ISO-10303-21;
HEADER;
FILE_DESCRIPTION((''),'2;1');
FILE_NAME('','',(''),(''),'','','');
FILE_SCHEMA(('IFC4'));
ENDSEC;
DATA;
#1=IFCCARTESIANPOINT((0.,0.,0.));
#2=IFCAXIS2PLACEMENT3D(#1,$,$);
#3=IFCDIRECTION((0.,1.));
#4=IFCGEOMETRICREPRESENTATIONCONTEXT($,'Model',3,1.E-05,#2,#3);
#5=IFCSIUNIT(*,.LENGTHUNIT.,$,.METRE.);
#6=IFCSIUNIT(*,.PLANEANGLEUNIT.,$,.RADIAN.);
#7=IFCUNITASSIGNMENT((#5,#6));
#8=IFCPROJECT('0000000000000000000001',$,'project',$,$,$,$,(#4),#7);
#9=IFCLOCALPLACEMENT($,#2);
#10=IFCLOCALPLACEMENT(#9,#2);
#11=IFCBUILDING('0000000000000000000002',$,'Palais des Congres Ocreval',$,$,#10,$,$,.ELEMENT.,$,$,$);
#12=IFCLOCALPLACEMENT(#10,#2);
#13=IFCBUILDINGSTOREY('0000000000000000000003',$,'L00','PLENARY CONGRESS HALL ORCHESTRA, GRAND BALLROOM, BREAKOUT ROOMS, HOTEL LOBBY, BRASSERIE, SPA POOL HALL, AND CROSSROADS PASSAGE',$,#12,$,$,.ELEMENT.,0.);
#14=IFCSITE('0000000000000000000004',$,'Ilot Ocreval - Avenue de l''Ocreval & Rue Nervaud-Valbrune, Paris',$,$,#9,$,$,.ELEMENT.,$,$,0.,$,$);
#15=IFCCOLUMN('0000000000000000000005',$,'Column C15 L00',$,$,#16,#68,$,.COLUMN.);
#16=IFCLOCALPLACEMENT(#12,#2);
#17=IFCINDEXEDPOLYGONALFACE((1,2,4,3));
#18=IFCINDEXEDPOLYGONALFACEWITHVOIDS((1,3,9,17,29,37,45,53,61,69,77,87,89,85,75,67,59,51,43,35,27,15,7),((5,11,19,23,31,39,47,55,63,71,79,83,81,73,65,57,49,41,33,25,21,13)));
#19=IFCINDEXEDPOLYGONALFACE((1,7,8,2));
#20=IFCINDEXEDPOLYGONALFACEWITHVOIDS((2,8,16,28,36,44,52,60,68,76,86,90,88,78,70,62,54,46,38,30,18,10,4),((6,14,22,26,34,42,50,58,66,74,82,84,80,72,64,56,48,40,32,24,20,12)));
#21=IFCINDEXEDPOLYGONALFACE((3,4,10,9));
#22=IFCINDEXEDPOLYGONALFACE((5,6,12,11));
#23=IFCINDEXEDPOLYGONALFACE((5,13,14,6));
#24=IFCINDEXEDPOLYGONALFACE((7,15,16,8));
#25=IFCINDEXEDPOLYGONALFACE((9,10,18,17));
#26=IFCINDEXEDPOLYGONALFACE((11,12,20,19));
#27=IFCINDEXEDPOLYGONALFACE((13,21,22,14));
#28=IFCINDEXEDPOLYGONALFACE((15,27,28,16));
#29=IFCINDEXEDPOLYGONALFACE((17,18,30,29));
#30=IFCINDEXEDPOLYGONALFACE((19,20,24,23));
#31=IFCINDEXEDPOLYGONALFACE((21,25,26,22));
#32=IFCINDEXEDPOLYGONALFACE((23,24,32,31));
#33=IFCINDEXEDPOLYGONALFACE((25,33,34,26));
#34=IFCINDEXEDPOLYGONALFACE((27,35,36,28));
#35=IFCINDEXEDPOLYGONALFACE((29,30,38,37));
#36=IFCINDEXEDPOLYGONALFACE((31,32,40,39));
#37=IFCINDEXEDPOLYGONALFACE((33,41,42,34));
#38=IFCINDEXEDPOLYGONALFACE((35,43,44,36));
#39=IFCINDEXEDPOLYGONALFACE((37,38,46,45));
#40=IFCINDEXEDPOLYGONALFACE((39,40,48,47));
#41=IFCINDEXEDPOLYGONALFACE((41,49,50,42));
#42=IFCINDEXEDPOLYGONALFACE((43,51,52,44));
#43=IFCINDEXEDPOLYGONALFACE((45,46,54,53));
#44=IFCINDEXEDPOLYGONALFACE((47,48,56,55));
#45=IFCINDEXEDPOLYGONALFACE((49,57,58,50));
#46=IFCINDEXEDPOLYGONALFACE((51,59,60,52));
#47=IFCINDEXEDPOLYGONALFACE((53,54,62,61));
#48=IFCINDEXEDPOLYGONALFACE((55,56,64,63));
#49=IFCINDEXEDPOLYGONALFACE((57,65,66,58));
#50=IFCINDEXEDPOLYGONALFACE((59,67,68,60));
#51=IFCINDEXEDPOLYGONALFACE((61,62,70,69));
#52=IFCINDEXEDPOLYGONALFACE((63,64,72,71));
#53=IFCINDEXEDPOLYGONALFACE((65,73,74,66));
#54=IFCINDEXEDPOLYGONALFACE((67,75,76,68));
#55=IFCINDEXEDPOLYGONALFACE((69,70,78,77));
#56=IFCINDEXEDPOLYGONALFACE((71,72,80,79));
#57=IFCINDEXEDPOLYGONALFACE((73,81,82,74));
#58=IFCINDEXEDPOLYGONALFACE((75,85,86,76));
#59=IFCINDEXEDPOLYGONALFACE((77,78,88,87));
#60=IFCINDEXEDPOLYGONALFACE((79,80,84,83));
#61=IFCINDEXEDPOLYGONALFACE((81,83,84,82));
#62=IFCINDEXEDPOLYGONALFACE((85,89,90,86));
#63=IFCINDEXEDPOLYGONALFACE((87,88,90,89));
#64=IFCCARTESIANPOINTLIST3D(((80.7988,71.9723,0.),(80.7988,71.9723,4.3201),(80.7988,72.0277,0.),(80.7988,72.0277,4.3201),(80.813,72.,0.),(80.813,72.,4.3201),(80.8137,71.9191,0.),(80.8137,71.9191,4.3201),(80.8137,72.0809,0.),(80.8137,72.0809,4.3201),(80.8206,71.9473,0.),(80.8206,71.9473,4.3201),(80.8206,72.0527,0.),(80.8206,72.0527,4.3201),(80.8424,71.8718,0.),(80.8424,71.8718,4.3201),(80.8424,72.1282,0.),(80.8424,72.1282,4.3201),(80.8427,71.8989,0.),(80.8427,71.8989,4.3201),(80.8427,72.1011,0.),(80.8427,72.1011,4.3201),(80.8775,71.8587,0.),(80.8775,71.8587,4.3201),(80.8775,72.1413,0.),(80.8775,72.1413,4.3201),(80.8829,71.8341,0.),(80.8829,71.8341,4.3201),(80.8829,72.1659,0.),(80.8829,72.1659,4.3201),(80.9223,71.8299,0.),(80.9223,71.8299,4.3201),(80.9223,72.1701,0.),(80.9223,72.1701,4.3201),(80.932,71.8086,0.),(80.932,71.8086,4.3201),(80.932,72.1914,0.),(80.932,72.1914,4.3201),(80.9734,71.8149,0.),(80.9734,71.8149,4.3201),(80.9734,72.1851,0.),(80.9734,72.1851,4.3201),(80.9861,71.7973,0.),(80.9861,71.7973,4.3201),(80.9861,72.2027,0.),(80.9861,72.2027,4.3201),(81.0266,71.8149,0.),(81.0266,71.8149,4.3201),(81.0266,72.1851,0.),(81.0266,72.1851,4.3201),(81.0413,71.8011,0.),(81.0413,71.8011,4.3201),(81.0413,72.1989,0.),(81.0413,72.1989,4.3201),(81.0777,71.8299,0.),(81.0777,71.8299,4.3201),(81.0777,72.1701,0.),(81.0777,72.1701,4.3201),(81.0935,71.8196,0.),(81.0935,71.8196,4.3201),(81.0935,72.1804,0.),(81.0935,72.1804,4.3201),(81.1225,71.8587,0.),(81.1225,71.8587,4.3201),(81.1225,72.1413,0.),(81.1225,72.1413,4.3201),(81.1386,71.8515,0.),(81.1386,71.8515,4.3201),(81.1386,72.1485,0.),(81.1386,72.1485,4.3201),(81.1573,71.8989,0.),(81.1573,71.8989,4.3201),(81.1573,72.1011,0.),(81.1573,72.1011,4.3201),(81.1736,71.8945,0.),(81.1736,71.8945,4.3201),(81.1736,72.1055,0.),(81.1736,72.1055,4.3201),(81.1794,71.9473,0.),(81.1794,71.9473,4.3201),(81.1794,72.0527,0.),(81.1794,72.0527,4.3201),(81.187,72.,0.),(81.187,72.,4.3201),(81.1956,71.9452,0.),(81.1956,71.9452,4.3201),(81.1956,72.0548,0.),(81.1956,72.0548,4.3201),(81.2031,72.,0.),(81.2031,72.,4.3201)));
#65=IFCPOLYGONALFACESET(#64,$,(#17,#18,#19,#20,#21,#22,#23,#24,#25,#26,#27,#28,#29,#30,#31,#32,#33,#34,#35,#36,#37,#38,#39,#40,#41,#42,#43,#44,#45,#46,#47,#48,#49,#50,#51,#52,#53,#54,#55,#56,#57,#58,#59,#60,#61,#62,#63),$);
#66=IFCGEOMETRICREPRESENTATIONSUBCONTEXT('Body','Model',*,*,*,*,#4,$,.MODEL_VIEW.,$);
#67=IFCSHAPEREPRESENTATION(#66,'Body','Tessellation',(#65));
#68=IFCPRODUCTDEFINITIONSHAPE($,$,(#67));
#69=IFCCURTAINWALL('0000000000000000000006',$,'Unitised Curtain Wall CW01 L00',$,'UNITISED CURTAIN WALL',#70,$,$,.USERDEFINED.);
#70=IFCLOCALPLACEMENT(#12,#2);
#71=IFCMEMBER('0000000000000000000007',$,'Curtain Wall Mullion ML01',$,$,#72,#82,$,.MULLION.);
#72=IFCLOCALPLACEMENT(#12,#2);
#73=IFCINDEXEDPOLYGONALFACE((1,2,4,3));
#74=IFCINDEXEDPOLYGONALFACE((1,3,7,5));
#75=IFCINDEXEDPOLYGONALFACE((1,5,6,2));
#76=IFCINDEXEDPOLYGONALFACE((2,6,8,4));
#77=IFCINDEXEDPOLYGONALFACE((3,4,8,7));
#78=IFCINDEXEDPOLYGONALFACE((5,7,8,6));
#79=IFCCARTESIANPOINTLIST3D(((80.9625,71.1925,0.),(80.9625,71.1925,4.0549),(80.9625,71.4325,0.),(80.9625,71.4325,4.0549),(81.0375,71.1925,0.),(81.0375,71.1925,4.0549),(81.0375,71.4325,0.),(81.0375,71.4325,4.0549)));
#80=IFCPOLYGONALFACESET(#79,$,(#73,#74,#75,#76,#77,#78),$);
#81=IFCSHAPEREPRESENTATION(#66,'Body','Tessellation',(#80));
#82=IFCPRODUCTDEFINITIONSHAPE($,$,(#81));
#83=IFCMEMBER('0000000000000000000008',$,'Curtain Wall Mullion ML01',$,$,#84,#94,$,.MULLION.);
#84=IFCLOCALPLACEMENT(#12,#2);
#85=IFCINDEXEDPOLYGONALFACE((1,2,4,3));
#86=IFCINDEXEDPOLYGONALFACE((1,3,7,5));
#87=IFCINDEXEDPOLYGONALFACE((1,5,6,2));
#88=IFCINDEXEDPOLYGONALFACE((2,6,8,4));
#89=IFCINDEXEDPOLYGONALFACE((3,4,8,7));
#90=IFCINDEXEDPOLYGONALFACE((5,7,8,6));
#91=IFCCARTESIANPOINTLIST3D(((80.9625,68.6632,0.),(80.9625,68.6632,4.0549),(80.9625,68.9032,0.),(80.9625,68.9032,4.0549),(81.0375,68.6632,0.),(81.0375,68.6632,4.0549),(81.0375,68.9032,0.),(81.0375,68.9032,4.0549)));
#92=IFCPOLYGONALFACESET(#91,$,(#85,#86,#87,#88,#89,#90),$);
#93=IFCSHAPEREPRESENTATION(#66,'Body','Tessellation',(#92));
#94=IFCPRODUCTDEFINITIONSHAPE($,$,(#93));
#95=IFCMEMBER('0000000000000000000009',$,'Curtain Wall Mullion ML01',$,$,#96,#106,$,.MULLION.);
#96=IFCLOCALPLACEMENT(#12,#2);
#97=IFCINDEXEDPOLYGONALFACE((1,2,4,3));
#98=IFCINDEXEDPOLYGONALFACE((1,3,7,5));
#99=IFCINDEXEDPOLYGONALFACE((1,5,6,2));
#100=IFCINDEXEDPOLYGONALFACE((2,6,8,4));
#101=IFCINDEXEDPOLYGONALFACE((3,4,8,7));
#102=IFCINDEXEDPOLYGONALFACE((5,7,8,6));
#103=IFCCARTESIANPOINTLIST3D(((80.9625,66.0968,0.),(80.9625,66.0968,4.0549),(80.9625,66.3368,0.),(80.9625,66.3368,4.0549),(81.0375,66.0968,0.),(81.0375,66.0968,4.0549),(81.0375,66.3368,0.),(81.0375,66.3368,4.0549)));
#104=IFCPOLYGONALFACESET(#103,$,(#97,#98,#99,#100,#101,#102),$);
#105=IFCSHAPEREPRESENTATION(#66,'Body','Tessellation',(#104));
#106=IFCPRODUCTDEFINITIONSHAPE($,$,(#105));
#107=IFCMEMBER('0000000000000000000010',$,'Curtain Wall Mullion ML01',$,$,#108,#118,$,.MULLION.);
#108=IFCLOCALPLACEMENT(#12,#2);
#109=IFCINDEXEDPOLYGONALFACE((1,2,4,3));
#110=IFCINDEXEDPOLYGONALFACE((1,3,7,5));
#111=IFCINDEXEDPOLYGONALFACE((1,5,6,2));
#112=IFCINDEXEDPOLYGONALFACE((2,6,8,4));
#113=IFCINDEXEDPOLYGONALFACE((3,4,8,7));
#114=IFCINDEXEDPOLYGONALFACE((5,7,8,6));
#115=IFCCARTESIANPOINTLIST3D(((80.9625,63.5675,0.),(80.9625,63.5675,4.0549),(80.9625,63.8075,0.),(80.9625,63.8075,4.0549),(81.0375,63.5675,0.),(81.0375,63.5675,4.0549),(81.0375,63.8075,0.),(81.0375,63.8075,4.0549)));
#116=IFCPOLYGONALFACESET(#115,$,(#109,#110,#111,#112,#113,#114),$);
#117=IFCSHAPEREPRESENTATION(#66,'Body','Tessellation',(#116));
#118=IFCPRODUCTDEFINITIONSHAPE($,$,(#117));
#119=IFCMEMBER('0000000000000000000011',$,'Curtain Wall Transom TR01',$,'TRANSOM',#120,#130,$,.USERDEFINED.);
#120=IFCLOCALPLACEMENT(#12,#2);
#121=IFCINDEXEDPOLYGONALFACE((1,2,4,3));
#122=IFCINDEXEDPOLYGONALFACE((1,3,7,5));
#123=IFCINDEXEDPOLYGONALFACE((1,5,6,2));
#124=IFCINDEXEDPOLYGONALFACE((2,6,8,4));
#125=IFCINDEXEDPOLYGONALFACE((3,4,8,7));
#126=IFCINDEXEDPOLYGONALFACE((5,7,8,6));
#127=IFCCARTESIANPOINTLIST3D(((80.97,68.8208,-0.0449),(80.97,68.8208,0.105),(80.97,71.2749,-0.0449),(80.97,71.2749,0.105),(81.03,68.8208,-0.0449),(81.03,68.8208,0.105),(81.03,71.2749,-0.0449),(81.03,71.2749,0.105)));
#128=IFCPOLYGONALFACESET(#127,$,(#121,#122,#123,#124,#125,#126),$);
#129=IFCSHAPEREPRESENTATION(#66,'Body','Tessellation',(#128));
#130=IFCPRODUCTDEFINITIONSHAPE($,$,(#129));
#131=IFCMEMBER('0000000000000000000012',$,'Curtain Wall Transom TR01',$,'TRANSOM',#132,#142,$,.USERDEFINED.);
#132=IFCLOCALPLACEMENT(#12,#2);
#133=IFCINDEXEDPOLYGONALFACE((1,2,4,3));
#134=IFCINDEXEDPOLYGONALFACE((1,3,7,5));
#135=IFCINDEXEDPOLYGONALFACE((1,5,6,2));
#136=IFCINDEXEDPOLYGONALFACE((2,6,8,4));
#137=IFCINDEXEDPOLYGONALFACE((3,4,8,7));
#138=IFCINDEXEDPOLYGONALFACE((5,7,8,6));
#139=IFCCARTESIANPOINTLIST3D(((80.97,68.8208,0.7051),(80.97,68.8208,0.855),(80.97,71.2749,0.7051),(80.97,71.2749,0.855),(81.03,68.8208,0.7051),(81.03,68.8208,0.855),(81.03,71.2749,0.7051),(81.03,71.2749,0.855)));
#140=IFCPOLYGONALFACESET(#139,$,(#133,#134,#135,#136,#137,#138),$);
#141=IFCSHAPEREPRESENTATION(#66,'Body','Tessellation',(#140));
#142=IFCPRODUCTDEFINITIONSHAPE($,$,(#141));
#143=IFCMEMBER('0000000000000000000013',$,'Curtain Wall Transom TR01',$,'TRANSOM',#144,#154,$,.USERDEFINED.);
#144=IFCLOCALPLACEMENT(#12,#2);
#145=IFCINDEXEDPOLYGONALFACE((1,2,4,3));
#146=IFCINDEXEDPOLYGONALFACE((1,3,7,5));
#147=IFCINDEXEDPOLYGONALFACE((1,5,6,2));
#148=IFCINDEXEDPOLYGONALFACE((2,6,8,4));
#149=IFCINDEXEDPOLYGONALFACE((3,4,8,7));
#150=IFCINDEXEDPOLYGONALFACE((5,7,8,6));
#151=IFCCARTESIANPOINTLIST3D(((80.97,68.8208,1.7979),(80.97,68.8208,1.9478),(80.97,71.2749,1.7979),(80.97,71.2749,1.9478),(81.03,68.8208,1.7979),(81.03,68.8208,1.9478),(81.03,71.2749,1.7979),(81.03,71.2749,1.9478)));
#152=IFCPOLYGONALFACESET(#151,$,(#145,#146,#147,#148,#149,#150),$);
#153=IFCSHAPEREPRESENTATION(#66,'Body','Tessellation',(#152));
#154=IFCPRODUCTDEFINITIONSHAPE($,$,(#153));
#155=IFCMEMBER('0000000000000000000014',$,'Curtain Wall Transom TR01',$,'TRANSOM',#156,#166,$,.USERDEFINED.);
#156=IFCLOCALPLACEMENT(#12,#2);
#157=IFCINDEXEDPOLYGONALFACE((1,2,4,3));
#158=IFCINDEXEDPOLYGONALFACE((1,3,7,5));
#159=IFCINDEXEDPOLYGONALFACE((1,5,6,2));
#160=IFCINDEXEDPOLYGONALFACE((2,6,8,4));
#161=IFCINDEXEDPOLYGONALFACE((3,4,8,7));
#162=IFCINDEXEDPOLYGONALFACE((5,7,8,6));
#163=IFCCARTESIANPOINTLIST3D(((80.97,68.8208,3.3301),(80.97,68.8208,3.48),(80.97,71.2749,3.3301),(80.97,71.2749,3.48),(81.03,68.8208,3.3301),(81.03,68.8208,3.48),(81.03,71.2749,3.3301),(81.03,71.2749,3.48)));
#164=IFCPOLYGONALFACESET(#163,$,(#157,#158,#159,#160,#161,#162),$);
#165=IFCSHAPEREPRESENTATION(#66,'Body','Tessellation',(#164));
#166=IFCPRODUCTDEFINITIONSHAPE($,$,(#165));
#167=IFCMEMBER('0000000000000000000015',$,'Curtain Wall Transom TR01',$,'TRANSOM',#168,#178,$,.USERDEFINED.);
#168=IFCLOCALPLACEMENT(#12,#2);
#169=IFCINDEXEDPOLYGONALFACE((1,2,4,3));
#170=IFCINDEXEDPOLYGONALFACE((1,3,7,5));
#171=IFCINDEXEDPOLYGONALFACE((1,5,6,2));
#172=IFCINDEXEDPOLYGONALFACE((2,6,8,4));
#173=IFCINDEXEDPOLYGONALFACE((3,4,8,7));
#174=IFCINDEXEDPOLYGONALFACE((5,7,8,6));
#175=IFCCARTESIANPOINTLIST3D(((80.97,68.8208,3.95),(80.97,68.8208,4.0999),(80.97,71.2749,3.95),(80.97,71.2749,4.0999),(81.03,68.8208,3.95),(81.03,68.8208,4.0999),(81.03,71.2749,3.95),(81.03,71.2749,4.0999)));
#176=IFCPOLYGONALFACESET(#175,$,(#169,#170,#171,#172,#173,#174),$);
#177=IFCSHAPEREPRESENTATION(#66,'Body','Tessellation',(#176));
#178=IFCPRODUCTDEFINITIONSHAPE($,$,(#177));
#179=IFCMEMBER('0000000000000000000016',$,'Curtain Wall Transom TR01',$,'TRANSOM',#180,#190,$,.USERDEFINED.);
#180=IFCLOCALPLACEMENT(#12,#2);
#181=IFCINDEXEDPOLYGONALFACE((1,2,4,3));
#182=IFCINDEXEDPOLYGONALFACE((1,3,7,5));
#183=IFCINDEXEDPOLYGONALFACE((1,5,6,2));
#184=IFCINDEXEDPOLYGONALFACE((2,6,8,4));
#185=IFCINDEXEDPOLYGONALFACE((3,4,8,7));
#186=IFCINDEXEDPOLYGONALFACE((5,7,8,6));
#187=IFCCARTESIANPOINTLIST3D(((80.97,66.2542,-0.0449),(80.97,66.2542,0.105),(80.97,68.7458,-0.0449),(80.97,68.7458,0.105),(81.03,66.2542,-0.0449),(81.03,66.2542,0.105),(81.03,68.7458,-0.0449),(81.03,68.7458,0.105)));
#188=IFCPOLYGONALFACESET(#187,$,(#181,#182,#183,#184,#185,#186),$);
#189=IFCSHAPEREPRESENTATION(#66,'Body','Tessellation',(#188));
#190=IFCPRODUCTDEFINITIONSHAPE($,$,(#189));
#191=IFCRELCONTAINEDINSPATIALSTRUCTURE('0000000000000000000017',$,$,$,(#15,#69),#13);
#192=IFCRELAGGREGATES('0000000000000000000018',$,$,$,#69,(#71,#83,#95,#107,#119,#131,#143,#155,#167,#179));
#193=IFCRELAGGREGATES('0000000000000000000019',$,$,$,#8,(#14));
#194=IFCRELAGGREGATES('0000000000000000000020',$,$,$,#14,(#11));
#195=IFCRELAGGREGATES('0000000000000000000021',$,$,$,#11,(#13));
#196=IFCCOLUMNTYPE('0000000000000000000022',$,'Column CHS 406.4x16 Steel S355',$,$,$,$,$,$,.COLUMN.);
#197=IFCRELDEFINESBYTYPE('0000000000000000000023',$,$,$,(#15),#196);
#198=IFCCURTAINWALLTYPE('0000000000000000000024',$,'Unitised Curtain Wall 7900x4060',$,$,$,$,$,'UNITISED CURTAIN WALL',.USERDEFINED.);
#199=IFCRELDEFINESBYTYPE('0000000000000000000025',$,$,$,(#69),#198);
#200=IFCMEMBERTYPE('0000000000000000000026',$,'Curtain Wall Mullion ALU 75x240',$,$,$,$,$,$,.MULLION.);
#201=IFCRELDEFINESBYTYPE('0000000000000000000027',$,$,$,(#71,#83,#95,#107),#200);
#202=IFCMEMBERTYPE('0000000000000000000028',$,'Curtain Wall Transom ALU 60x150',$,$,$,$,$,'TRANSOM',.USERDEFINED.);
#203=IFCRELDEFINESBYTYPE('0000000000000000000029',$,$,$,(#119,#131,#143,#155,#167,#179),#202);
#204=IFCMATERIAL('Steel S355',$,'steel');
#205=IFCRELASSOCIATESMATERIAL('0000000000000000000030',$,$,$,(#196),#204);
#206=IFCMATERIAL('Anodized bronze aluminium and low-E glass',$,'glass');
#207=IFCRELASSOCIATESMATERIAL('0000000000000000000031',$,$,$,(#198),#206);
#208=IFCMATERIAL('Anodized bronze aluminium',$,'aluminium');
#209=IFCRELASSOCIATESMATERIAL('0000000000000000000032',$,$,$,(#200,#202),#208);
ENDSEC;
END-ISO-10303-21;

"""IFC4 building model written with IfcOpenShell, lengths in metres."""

from ifc_helpers import new_model, si_unit, direction, frame, origin, origin_2d, place, context, subcontext, project, spatial, rectangle, hollow_circle, extrude, material, material_profile, profile_set, type_object, element, aggregate, save


model = new_model("IFC4")

# Units and contexts
model_context = context("Model", 3, precision=1e-05, world=origin(), true_north=direction((0.0, 1.0)))
body_context = subcontext(model_context, "Body", "Model", "MODEL_VIEW")
ifc_project = project(units=[si_unit("LENGTHUNIT", "METRE"), si_unit("PLANEANGLEUNIT", "RADIAN")], contexts=[model_context])

# Site, building, storey
site_placement = place(None, origin())
site = spatial("IfcSite", under=ifc_project, at=site_placement, Name="Ilot Ocreval - Avenue de l'Ocreval & Rue Nervaud-Valbrune, Paris", CompositionType="ELEMENT", RefElevation=0.0)
building_placement = place(site_placement, origin())
building = spatial("IfcBuilding", under=site, at=building_placement, Name="Palais des Congres Ocreval", CompositionType="ELEMENT")
storey_placement = place(building_placement, origin())
storey = spatial("IfcBuildingStorey", under=building, at=storey_placement, Name="L00", Description="PLENARY CONGRESS HALL ORCHESTRA, GRAND BALLROOM, BREAKOUT ROOMS, HOTEL LOBBY, BRASSERIE, SPA POOL HALL, AND CROSSROADS PASSAGE", CompositionType="ELEMENT", Elevation=0.0)

# Column
ifc_material_1 = material(Name="Steel S355", Category="steel")
ifc_material_profile_1 = material_profile(ifc_material_1, hollow_circle(Radius=0.2031, WallThickness=0.0161, at=origin_2d()), Name="CHS 406.4x16")
ifc_profile_set_1 = profile_set([ifc_material_profile_1], Name="Steel S355")
column_type = type_object("IfcColumnType", Name="Column CHS 406.4x16 Steel S355", PredefinedType="COLUMN", material=ifc_profile_set_1)
column_placement = place(storey_placement, frame((81.0, 72.0, 0.0), z_axis=(0.0, 0.0, 1.0), x_axis=(1.0, 0.0, 0.0)))
element("IfcColumn", 1, at=column_placement, inside=storey, type_object=column_type, Name="Column C15 L00", PredefinedType="COLUMN", context=body_context, shape_type="SweptSolid", body=[
    extrude(hollow_circle(Radius=0.2031, WallThickness=0.0161, at=origin_2d()), origin(), (0.0, 0.0, 1.0), 4.3201),
])

# Curtain wall, members
ifc_material_2 = material(Name="Anodized bronze aluminium and low-E glass", Category="glass")
curtain_wall_type = type_object("IfcCurtainWallType", Name="Unitised Curtain Wall 7900x4060", ElementType="UNITISED CURTAIN WALL", PredefinedType="USERDEFINED", material=ifc_material_2)
curtain_wall_placement = place(storey_placement, origin())
curtain_wall = element("IfcCurtainWall", 2, at=curtain_wall_placement, inside=storey, type_object=curtain_wall_type, Name="Unitised Curtain Wall CW01 L00", ObjectType="UNITISED CURTAIN WALL", PredefinedType="USERDEFINED")
ifc_material_3 = material(Name="Anodized bronze aluminium", Category="aluminium")
ifc_material_profile_2 = material_profile(ifc_material_3, rectangle(XDim=0.075, YDim=0.24, at=origin_2d()), Name="ALU 75x240")
ifc_profile_set_2 = profile_set([ifc_material_profile_2], Name="Anodized bronze aluminium")
member_type_1 = type_object("IfcMemberType", Name="Curtain Wall Mullion ALU 75x240", PredefinedType="MULLION", material=ifc_profile_set_2)
member_1_placement = place(storey_placement, frame((81.0, 71.3125, 0.0), z_axis=(0.0, 0.0, 1.0), x_axis=(1.0, 0.0, 0.0)))
member_1 = element("IfcMember", 3, at=member_1_placement, type_object=member_type_1, Name="Curtain Wall Mullion ML01", PredefinedType="MULLION", context=body_context, shape_type="SweptSolid", body=[
    extrude(rectangle(XDim=0.075, YDim=0.24, at=origin_2d()), origin(), (0.0, 0.0, 1.0), 4.0549),
])
member_2_placement = place(storey_placement, frame((81.0, 68.7832, 0.0), z_axis=(0.0, 0.0, 1.0), x_axis=(1.0, 0.0, 0.0)))
member_2 = element("IfcMember", 4, at=member_2_placement, type_object=member_type_1, Name="Curtain Wall Mullion ML01", PredefinedType="MULLION", context=body_context, shape_type="SweptSolid", body=[
    extrude(rectangle(XDim=0.075, YDim=0.24, at=origin_2d()), origin(), (0.0, 0.0, 1.0), 4.0549),
])
member_3_placement = place(storey_placement, frame((81.0, 66.2168, 0.0), z_axis=(0.0, 0.0, 1.0), x_axis=(1.0, 0.0, 0.0)))
member_3 = element("IfcMember", 5, at=member_3_placement, type_object=member_type_1, Name="Curtain Wall Mullion ML01", PredefinedType="MULLION", context=body_context, shape_type="SweptSolid", body=[
    extrude(rectangle(XDim=0.075, YDim=0.24, at=origin_2d()), origin(), (0.0, 0.0, 1.0), 4.0549),
])
member_4_placement = place(storey_placement, frame((81.0, 63.6875, 0.0), z_axis=(0.0, 0.0, 1.0), x_axis=(1.0, 0.0, 0.0)))
member_4 = element("IfcMember", 6, at=member_4_placement, type_object=member_type_1, Name="Curtain Wall Mullion ML01", PredefinedType="MULLION", context=body_context, shape_type="SweptSolid", body=[
    extrude(rectangle(XDim=0.075, YDim=0.24, at=origin_2d()), origin(), (0.0, 0.0, 1.0), 4.0549),
])
ifc_material_profile_3 = material_profile(ifc_material_3, rectangle(XDim=0.0601, YDim=0.1499, at=origin_2d()), Name="ALU 60x150")
ifc_profile_set_3 = profile_set([ifc_material_profile_3], Name="Anodized bronze aluminium")
member_type_2 = type_object("IfcMemberType", Name="Curtain Wall Transom ALU 60x150", ElementType="TRANSOM", PredefinedType="USERDEFINED", material=ifc_profile_set_3)
member_5_placement = place(storey_placement, frame((81.0, 71.2749, 0.03), z_axis=(0.0, -1.0, 0.0), x_axis=(1.0, 0.0, 0.0)))
member_5 = element("IfcMember", 7, at=member_5_placement, type_object=member_type_2, Name="Curtain Wall Transom TR01", ObjectType="TRANSOM", PredefinedType="USERDEFINED", context=body_context, shape_type="SweptSolid", body=[
    extrude(rectangle(XDim=0.0601, YDim=0.1499, at=origin_2d()), origin(), (0.0, 0.0, 1.0), 2.4541),
])
member_6_placement = place(storey_placement, frame((81.0, 71.2749, 0.78), z_axis=(0.0, -1.0, 0.0), x_axis=(1.0, 0.0, 0.0)))
member_6 = element("IfcMember", 8, at=member_6_placement, type_object=member_type_2, Name="Curtain Wall Transom TR01", ObjectType="TRANSOM", PredefinedType="USERDEFINED", context=body_context, shape_type="SweptSolid", body=[
    extrude(rectangle(XDim=0.0601, YDim=0.1499, at=origin_2d()), origin(), (0.0, 0.0, 1.0), 2.4541),
])
member_7_placement = place(storey_placement, frame((81.0, 71.2749, 1.8728), z_axis=(0.0, -1.0, 0.0), x_axis=(1.0, 0.0, 0.0)))
member_7 = element("IfcMember", 9, at=member_7_placement, type_object=member_type_2, Name="Curtain Wall Transom TR01", ObjectType="TRANSOM", PredefinedType="USERDEFINED", context=body_context, shape_type="SweptSolid", body=[
    extrude(rectangle(XDim=0.0601, YDim=0.1499, at=origin_2d()), origin(), (0.0, 0.0, 1.0), 2.4541),
])
member_8_placement = place(storey_placement, frame((81.0, 71.2749, 3.405), z_axis=(0.0, -1.0, 0.0), x_axis=(1.0, 0.0, 0.0)))
member_8 = element("IfcMember", 10, at=member_8_placement, type_object=member_type_2, Name="Curtain Wall Transom TR01", ObjectType="TRANSOM", PredefinedType="USERDEFINED", context=body_context, shape_type="SweptSolid", body=[
    extrude(rectangle(XDim=0.0601, YDim=0.1499, at=origin_2d()), origin(), (0.0, 0.0, 1.0), 2.4541),
])
member_9_placement = place(storey_placement, frame((81.0, 71.2749, 4.0249), z_axis=(0.0, -1.0, 0.0), x_axis=(1.0, 0.0, 0.0)))
member_9 = element("IfcMember", 11, at=member_9_placement, type_object=member_type_2, Name="Curtain Wall Transom TR01", ObjectType="TRANSOM", PredefinedType="USERDEFINED", context=body_context, shape_type="SweptSolid", body=[
    extrude(rectangle(XDim=0.0601, YDim=0.1499, at=origin_2d()), origin(), (0.0, 0.0, 1.0), 2.4541),
])
member_10_placement = place(storey_placement, frame((81.0, 68.7458, 0.03), z_axis=(0.0, -1.0, 0.0), x_axis=(1.0, 0.0, 0.0)))
member_10 = element("IfcMember", 12, at=member_10_placement, type_object=member_type_2, Name="Curtain Wall Transom TR01", ObjectType="TRANSOM", PredefinedType="USERDEFINED", context=body_context, shape_type="SweptSolid", body=[
    extrude(rectangle(XDim=0.0601, YDim=0.1499, at=origin_2d()), origin(), (0.0, 0.0, 1.0), 2.4917),
])

aggregate(curtain_wall, [member_1, member_2, member_3, member_4, member_5, member_6, member_7, member_8, member_9, member_10])

save(model, "model.ifc")
